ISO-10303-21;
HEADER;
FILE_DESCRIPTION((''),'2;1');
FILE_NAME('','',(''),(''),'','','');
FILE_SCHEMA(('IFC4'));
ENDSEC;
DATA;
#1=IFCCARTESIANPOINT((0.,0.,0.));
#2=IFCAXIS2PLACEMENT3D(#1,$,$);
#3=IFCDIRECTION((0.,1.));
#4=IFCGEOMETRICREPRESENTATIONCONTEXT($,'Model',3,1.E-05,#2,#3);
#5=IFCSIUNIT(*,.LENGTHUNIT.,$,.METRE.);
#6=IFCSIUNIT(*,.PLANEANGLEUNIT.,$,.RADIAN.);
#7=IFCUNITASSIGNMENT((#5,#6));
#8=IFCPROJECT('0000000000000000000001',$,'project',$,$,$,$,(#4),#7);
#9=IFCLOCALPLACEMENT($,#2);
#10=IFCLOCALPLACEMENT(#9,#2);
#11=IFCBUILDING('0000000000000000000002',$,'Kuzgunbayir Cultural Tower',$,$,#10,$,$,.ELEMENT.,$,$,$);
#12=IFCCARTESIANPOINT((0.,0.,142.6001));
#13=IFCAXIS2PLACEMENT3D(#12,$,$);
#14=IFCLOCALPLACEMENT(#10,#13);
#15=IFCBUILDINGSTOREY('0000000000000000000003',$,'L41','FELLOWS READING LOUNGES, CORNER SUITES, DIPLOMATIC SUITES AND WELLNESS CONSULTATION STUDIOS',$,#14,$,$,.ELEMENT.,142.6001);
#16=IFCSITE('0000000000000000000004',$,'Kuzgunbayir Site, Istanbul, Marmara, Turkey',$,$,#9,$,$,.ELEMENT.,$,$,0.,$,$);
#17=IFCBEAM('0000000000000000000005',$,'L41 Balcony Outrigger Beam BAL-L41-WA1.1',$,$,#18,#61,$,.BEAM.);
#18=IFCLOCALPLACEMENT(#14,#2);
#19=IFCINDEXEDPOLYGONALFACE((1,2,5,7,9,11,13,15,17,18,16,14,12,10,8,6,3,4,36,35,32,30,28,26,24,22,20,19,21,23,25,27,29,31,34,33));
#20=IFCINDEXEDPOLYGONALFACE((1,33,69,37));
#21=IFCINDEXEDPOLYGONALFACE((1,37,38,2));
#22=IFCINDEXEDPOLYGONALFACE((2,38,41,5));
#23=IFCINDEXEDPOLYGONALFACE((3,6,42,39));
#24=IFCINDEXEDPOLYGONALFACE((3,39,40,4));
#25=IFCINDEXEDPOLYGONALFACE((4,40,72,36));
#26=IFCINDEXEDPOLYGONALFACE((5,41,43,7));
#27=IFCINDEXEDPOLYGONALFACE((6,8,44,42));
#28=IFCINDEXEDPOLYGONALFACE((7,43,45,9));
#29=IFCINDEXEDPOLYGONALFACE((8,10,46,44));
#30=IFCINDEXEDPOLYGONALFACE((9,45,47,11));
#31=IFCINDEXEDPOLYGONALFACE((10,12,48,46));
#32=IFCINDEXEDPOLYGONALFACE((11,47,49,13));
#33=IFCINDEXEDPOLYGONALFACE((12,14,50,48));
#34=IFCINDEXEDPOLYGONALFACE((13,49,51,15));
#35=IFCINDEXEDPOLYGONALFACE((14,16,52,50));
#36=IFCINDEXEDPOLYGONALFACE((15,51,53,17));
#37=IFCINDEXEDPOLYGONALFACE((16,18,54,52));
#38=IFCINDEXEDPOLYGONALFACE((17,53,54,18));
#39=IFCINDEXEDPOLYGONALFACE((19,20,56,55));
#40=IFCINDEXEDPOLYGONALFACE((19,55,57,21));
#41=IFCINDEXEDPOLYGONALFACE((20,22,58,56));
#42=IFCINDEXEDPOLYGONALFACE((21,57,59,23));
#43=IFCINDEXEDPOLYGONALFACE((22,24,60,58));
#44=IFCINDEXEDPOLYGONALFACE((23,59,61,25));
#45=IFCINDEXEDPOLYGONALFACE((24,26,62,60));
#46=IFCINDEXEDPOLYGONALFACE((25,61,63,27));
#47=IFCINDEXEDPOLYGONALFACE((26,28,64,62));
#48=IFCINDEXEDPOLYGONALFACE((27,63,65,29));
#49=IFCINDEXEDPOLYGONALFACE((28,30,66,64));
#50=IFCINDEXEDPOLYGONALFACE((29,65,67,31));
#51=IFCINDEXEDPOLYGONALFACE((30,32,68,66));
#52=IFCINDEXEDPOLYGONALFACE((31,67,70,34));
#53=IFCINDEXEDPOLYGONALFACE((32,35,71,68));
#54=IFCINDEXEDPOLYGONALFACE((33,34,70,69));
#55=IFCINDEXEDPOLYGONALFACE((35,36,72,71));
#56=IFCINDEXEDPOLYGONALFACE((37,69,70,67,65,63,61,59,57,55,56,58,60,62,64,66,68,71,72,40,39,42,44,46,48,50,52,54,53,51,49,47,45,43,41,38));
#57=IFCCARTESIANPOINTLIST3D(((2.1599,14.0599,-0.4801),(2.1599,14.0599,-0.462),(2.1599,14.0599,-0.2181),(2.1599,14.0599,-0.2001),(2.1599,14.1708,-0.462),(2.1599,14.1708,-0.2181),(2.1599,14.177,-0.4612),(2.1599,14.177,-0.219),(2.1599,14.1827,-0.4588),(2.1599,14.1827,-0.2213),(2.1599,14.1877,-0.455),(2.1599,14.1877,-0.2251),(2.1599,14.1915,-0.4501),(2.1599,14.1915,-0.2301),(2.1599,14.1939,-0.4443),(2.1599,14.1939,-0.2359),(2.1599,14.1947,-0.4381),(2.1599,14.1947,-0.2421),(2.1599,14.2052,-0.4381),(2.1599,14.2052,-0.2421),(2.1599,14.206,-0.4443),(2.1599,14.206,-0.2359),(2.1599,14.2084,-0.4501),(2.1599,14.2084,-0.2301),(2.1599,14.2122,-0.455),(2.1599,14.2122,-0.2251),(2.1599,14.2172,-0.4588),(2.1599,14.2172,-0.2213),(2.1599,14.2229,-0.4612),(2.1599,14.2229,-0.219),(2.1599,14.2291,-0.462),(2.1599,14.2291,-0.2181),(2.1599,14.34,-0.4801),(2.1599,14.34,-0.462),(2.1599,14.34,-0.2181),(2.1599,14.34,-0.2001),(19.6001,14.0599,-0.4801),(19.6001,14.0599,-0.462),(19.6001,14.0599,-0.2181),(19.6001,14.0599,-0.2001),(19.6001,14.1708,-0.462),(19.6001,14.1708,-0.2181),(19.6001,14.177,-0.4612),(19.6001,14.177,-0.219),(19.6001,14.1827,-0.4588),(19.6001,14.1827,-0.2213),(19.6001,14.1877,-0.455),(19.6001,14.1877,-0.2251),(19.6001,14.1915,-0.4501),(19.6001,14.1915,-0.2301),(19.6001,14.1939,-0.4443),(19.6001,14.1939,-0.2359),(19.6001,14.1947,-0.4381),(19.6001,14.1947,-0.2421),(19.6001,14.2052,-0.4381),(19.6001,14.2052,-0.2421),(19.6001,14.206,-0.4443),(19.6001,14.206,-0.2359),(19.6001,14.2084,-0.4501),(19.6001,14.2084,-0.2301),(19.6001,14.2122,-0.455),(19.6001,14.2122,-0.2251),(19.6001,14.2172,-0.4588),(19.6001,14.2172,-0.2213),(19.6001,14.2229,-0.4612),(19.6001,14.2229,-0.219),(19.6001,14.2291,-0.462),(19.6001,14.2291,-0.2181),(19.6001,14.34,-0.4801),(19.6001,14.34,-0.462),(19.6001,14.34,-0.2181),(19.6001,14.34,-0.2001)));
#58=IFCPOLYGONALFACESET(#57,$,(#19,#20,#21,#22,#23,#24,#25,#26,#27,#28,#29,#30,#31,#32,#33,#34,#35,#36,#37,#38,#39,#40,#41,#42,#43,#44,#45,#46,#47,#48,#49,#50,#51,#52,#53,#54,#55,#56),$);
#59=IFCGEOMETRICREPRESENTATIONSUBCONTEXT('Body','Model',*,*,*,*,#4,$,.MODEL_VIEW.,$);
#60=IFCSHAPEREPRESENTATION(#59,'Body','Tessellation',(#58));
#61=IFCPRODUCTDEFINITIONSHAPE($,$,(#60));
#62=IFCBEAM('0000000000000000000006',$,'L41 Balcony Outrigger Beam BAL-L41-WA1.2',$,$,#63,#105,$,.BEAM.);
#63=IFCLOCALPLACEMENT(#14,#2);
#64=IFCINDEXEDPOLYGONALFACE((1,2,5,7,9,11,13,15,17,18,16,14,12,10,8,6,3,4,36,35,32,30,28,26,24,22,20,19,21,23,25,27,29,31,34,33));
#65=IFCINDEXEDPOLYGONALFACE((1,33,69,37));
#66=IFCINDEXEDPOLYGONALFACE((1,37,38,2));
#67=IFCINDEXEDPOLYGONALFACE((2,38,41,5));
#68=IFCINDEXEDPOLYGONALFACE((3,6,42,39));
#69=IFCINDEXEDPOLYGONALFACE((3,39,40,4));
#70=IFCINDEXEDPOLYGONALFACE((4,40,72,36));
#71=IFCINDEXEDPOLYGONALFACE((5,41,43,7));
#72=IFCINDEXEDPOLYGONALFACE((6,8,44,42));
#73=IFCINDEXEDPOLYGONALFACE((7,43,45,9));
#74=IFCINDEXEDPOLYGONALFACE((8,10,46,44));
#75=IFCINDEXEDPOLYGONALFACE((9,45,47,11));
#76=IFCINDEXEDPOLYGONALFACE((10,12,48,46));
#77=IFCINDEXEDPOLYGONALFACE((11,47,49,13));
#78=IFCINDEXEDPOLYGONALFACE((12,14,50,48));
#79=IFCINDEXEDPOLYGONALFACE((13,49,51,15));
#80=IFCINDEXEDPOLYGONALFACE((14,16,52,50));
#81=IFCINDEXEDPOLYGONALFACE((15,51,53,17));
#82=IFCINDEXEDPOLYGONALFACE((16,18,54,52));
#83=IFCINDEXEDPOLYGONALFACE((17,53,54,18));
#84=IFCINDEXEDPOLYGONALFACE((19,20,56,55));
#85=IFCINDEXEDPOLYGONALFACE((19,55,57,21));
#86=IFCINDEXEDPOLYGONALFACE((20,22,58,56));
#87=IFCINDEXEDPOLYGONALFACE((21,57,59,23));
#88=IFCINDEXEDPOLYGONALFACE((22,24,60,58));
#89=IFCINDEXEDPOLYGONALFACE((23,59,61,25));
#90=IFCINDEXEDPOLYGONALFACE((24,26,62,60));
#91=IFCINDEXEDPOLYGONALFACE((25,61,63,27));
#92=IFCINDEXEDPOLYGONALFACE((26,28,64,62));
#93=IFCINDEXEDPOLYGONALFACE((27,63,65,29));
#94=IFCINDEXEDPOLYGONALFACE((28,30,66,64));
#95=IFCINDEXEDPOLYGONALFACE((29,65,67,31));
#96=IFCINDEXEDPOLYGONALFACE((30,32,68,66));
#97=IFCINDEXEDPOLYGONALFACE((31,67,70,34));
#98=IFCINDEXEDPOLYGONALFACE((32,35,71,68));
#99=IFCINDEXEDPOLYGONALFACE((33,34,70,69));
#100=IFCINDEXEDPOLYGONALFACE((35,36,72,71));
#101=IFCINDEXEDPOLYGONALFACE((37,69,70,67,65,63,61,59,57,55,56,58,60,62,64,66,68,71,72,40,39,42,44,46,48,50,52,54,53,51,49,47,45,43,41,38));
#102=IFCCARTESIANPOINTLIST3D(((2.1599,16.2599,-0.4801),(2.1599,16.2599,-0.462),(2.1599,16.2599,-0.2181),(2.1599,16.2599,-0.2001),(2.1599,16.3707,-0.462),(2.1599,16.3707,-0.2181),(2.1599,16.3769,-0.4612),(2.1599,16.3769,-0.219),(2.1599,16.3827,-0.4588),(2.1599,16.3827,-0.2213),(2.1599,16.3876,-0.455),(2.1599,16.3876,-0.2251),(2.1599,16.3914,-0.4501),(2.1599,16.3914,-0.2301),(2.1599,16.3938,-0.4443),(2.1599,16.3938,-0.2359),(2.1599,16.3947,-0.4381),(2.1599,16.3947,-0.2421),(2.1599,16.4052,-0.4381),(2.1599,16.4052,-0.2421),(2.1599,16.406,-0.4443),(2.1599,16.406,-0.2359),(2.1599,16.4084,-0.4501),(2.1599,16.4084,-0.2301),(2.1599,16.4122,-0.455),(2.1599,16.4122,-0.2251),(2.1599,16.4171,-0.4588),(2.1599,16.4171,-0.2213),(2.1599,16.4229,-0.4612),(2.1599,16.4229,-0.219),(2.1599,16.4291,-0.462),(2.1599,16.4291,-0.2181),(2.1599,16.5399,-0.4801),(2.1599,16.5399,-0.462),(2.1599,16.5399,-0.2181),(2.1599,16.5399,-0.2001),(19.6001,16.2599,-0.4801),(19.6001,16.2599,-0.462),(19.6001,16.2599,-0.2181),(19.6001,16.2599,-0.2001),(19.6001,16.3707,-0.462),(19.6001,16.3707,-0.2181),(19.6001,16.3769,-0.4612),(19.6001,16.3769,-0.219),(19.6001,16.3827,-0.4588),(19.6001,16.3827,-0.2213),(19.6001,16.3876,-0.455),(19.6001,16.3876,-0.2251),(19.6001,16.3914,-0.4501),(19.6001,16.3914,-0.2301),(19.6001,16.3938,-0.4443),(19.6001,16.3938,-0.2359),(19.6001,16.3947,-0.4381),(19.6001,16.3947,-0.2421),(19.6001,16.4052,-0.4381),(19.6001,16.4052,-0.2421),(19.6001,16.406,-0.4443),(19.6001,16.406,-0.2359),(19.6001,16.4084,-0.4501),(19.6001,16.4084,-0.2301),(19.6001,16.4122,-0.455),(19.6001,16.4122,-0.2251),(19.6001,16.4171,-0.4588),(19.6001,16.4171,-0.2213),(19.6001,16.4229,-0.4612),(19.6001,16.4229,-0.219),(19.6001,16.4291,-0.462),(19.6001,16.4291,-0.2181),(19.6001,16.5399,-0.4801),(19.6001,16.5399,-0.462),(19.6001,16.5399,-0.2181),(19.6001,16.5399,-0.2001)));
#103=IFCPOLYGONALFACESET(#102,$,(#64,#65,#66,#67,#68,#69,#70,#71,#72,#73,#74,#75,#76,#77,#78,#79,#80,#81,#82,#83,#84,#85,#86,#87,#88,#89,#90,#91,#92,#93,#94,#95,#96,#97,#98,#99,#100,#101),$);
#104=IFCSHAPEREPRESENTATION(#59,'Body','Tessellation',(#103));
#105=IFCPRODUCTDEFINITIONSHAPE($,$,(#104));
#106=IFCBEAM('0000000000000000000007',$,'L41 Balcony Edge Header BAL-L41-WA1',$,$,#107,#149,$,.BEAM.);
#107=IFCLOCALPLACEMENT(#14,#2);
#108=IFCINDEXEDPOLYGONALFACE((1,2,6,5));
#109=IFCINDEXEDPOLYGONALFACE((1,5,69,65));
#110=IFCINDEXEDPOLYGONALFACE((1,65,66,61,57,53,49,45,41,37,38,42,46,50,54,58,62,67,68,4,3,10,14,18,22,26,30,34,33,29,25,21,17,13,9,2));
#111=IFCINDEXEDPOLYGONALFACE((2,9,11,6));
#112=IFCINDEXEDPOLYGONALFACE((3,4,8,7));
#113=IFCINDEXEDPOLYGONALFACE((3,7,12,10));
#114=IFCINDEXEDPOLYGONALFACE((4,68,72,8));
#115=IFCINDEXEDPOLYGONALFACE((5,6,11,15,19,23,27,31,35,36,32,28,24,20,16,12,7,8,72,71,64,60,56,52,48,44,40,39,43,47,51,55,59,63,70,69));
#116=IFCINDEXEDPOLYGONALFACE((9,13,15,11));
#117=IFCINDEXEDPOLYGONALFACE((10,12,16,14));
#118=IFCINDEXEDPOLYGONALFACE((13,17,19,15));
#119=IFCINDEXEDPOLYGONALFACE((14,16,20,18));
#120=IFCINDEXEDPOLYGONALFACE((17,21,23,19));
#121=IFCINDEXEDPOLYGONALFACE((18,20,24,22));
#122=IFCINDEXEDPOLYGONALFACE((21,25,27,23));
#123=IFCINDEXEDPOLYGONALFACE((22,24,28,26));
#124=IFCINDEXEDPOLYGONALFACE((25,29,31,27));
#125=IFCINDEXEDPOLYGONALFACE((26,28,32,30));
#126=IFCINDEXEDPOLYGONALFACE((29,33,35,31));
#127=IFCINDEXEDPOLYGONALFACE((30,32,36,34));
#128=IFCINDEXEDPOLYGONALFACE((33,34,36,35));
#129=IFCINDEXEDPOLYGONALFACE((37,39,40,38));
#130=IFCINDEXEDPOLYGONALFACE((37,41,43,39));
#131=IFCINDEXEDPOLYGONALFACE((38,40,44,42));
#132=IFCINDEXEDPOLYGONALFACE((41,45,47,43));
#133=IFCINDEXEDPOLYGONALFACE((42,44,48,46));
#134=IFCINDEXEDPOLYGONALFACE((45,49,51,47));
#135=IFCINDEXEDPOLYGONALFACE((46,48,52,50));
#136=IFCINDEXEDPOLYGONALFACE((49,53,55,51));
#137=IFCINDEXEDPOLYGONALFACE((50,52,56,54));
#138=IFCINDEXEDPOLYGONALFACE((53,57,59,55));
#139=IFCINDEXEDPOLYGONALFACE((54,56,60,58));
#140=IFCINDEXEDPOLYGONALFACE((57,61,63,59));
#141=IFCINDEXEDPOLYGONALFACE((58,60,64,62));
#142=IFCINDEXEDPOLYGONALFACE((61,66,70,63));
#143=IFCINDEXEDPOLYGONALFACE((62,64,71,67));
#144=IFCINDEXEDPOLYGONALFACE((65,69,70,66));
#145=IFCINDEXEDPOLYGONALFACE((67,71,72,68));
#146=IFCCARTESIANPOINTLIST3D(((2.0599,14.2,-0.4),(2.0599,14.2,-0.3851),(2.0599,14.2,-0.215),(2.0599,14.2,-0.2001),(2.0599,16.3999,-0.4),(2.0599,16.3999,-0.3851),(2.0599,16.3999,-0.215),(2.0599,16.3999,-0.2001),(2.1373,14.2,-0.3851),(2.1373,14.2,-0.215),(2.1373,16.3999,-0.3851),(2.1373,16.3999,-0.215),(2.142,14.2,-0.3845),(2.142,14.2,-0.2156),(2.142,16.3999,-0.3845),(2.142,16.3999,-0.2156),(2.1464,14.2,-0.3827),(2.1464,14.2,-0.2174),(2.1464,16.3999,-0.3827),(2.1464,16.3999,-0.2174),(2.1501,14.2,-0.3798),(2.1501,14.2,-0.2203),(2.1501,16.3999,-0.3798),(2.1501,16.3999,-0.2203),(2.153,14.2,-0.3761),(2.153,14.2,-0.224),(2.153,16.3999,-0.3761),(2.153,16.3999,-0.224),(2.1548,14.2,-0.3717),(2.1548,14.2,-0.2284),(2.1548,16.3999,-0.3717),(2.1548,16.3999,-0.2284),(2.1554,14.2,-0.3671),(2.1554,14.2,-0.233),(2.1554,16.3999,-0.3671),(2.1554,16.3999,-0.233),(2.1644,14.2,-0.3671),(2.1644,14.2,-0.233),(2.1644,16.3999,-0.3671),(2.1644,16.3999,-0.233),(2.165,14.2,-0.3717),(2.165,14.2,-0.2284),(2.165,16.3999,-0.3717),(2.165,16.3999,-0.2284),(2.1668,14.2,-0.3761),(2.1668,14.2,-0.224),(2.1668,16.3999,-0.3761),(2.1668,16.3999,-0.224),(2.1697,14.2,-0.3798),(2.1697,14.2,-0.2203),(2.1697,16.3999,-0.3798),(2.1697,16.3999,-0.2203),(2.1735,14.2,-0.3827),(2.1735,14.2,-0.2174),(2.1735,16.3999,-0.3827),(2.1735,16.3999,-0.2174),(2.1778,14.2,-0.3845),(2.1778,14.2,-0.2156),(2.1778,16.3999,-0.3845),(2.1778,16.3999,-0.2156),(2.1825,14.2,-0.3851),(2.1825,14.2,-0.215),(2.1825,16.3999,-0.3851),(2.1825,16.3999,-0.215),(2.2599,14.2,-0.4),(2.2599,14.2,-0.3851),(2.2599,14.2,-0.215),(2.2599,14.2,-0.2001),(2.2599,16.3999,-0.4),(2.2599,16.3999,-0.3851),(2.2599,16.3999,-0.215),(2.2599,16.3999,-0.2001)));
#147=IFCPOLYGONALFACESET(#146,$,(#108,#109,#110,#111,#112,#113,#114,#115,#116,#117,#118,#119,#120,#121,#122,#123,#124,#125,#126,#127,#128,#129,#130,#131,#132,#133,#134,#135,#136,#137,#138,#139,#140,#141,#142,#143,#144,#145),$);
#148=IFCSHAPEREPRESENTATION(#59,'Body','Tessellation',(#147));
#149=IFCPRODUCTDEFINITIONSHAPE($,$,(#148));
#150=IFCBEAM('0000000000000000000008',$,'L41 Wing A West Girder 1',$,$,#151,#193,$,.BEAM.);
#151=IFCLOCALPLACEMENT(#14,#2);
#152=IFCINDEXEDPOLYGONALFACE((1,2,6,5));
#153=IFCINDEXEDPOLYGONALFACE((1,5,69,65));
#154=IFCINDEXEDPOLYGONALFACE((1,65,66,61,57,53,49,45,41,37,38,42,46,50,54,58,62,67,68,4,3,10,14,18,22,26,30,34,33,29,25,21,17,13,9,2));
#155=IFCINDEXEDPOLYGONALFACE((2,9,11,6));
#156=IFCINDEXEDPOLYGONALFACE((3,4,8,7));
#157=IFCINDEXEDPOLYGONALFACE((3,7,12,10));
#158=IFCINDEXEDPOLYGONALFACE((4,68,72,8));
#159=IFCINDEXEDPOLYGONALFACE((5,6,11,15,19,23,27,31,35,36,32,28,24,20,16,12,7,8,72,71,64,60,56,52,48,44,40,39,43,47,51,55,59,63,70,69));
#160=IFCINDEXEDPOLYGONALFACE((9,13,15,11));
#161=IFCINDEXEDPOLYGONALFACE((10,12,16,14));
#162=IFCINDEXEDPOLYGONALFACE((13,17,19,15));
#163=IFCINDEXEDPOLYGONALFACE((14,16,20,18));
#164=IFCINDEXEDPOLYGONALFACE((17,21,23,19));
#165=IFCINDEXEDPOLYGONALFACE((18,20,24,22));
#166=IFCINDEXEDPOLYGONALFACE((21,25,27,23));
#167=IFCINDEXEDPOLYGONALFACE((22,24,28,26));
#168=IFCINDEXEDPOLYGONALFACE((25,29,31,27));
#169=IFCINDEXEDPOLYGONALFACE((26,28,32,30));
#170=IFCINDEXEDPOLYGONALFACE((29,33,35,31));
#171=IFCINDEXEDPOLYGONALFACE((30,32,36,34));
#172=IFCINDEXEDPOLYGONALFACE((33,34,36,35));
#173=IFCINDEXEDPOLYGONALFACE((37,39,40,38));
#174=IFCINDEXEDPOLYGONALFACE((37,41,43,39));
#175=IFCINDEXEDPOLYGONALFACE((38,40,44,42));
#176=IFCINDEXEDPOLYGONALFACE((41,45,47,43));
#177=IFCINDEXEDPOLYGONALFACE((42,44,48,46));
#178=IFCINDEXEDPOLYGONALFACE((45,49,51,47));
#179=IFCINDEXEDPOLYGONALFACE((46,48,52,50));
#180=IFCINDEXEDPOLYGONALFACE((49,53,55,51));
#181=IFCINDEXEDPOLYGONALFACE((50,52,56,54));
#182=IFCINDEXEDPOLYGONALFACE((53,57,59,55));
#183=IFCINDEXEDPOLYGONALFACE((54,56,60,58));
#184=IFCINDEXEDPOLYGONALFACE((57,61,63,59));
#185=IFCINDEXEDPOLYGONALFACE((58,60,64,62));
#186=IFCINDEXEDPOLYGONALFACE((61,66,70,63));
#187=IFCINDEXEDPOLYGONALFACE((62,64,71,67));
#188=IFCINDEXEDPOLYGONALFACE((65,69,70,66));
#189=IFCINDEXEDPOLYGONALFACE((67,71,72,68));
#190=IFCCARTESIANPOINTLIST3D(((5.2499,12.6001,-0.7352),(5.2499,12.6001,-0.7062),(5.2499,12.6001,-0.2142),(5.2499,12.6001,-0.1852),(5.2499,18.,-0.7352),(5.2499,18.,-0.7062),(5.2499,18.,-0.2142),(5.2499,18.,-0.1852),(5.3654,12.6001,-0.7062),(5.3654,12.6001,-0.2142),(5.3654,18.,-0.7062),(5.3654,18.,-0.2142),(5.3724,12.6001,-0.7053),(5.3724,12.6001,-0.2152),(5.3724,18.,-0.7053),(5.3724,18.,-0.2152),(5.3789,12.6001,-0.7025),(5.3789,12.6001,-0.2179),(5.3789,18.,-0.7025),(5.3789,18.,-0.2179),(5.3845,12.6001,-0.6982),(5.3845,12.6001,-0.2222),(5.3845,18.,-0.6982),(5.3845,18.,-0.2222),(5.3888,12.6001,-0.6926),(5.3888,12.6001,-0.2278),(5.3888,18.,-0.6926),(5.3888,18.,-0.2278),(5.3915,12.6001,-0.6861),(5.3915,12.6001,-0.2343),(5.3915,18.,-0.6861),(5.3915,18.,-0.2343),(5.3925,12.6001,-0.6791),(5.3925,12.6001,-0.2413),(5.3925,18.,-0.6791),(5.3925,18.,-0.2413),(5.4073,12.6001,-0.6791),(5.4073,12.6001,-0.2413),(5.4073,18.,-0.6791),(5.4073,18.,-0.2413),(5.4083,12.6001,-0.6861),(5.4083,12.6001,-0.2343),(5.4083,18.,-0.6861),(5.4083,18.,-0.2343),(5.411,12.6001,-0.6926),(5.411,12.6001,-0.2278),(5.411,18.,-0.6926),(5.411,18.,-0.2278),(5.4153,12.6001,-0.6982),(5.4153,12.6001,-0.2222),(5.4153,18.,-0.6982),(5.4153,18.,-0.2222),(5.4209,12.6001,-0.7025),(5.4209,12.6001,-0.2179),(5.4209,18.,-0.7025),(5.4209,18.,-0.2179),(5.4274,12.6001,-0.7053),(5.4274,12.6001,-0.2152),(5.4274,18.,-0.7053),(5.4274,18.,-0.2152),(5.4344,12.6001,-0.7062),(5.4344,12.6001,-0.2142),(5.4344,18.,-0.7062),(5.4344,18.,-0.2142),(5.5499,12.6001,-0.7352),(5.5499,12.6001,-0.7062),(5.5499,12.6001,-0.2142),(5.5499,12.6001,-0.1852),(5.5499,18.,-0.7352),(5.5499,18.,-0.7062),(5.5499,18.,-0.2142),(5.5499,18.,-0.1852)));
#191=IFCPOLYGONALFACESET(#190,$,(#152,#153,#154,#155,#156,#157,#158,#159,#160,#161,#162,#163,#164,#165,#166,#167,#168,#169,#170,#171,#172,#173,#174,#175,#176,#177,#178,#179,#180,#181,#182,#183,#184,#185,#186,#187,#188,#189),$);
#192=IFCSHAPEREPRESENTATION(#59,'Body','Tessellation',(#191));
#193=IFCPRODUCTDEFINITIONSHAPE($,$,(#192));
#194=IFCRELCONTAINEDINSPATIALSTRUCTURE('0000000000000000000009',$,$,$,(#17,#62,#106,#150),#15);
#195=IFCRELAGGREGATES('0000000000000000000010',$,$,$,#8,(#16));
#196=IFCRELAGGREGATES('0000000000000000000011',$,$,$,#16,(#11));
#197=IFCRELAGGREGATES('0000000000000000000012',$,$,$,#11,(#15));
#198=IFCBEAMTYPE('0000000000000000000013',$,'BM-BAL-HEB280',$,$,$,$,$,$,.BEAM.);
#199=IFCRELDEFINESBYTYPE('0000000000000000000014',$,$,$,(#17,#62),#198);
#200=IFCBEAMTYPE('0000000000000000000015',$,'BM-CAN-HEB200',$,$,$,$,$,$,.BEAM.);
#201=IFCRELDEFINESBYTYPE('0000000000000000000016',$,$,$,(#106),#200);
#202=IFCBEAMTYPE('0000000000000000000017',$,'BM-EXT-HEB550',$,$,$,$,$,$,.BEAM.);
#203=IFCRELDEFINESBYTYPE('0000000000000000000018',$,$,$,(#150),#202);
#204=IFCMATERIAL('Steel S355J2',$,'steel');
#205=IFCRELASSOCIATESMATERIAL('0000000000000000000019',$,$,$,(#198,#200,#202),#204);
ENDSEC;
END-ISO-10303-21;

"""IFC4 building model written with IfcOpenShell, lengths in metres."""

from ifc_helpers import new_model, si_unit, direction, frame, origin, origin_2d, place, context, subcontext, project, spatial, i_section, extrude, material, material_profile, profile_set, type_object, element, save


model = new_model("IFC4")

# Units and contexts
model_context = context("Model", 3, precision=1e-05, world=origin(), true_north=direction((0.0, 1.0)))
body_context = subcontext(model_context, "Body", "Model", "MODEL_VIEW")
ifc_project = project(units=[si_unit("LENGTHUNIT", "METRE"), si_unit("PLANEANGLEUNIT", "RADIAN")], contexts=[model_context])

# Site, building, storey
site_placement = place(None, origin())
site = spatial("IfcSite", under=ifc_project, at=site_placement, Name="Kuzgunbayir Site, Istanbul, Marmara, Turkey", CompositionType="ELEMENT", RefElevation=0.0)
building_placement = place(site_placement, origin())
building = spatial("IfcBuilding", under=site, at=building_placement, Name="Kuzgunbayir Cultural Tower", CompositionType="ELEMENT")
storey_placement = place(building_placement, frame((0.0, 0.0, 142.6001)))
storey = spatial("IfcBuildingStorey", under=building, at=storey_placement, Name="L41", Description="FELLOWS READING LOUNGES, CORNER SUITES, DIPLOMATIC SUITES AND WELLNESS CONSULTATION STUDIOS", CompositionType="ELEMENT", Elevation=142.6001)

# Beams
ifc_material_1 = material(Name="Steel S355J2", Category="steel")
ifc_material_profile_1 = material_profile(ifc_material_1, i_section(OverallWidth=0.28, OverallDepth=0.28, WebThickness=0.0105, FlangeThickness=0.0181, FilletRadius=0.0239, at=origin_2d()), Name="HEB 280")
ifc_profile_set_1 = profile_set([ifc_material_profile_1], Name="Steel S355J2")
beam_type_1 = type_object("IfcBeamType", Name="BM-BAL-HEB280", PredefinedType="BEAM", material=ifc_profile_set_1)
for number, where, z_axis, x_axis, name in (
    (1, (2.1599, 14.2, -0.3401), (1.0, 0.0, 0.0), (0.0, 1.0, 0.0), "L41 Balcony Outrigger Beam BAL-L41-WA1.1"),
    (2, (2.1599, 16.3999, -0.3401), (1.0, 0.0, 0.0), (0.0, 1.0, 0.0), "L41 Balcony Outrigger Beam BAL-L41-WA1.2"),
):
    element("IfcBeam", number, at=place(storey_placement, frame(where, z_axis=z_axis, x_axis=x_axis)), inside=storey, type_object=beam_type_1, Name=name, PredefinedType="BEAM", context=body_context, shape_type="SweptSolid", body=[
        extrude(i_section(OverallWidth=0.28, OverallDepth=0.28, WebThickness=0.0105, FlangeThickness=0.0181, FilletRadius=0.0239, at=origin_2d()), origin(), (0.0, 0.0, 1.0), 17.4402),
    ])
ifc_material_profile_2 = material_profile(ifc_material_1, i_section(OverallWidth=0.2, OverallDepth=0.2, WebThickness=0.009, FlangeThickness=0.0149, FilletRadius=0.0181, at=origin_2d()), Name="HEB 200")
ifc_profile_set_2 = profile_set([ifc_material_profile_2], Name="Steel S355J2")
beam_type_2 = type_object("IfcBeamType", Name="BM-CAN-HEB200", PredefinedType="BEAM", material=ifc_profile_set_2)
beam_1_placement = place(storey_placement, frame((2.1599, 14.2, -0.3), z_axis=(0.0, 1.0, 0.0), x_axis=(-1.0, 0.0, 0.0)))
element("IfcBeam", 3, at=beam_1_placement, inside=storey, type_object=beam_type_2, Name="L41 Balcony Edge Header BAL-L41-WA1", PredefinedType="BEAM", context=body_context, shape_type="SweptSolid", body=[
    extrude(i_section(OverallWidth=0.2, OverallDepth=0.2, WebThickness=0.009, FlangeThickness=0.0149, FilletRadius=0.0181, at=origin_2d()), origin(), (0.0, 0.0, 1.0), 2.2),
])
ifc_material_profile_3 = material_profile(ifc_material_1, i_section(OverallWidth=0.3, OverallDepth=0.55, WebThickness=0.0149, FlangeThickness=0.0291, FilletRadius=0.0271, at=origin_2d()), Name="HEB 550")
ifc_profile_set_3 = profile_set([ifc_material_profile_3], Name="Steel S355J2")
beam_type_3 = type_object("IfcBeamType", Name="BM-EXT-HEB550", PredefinedType="BEAM", material=ifc_profile_set_3)
beam_2_placement = place(storey_placement, frame((5.3999, 12.6001, -0.4602), z_axis=(0.0, 1.0, 0.0), x_axis=(-1.0, 0.0, 0.0)))
element("IfcBeam", 4, at=beam_2_placement, inside=storey, type_object=beam_type_3, Name="L41 Wing A West Girder 1", PredefinedType="BEAM", context=body_context, shape_type="SweptSolid", body=[
    extrude(i_section(OverallWidth=0.3, OverallDepth=0.55, WebThickness=0.0149, FlangeThickness=0.0291, FilletRadius=0.0271, at=origin_2d()), origin(), (0.0, 0.0, 1.0), 5.3999),
])

save(model, "model.ifc")
